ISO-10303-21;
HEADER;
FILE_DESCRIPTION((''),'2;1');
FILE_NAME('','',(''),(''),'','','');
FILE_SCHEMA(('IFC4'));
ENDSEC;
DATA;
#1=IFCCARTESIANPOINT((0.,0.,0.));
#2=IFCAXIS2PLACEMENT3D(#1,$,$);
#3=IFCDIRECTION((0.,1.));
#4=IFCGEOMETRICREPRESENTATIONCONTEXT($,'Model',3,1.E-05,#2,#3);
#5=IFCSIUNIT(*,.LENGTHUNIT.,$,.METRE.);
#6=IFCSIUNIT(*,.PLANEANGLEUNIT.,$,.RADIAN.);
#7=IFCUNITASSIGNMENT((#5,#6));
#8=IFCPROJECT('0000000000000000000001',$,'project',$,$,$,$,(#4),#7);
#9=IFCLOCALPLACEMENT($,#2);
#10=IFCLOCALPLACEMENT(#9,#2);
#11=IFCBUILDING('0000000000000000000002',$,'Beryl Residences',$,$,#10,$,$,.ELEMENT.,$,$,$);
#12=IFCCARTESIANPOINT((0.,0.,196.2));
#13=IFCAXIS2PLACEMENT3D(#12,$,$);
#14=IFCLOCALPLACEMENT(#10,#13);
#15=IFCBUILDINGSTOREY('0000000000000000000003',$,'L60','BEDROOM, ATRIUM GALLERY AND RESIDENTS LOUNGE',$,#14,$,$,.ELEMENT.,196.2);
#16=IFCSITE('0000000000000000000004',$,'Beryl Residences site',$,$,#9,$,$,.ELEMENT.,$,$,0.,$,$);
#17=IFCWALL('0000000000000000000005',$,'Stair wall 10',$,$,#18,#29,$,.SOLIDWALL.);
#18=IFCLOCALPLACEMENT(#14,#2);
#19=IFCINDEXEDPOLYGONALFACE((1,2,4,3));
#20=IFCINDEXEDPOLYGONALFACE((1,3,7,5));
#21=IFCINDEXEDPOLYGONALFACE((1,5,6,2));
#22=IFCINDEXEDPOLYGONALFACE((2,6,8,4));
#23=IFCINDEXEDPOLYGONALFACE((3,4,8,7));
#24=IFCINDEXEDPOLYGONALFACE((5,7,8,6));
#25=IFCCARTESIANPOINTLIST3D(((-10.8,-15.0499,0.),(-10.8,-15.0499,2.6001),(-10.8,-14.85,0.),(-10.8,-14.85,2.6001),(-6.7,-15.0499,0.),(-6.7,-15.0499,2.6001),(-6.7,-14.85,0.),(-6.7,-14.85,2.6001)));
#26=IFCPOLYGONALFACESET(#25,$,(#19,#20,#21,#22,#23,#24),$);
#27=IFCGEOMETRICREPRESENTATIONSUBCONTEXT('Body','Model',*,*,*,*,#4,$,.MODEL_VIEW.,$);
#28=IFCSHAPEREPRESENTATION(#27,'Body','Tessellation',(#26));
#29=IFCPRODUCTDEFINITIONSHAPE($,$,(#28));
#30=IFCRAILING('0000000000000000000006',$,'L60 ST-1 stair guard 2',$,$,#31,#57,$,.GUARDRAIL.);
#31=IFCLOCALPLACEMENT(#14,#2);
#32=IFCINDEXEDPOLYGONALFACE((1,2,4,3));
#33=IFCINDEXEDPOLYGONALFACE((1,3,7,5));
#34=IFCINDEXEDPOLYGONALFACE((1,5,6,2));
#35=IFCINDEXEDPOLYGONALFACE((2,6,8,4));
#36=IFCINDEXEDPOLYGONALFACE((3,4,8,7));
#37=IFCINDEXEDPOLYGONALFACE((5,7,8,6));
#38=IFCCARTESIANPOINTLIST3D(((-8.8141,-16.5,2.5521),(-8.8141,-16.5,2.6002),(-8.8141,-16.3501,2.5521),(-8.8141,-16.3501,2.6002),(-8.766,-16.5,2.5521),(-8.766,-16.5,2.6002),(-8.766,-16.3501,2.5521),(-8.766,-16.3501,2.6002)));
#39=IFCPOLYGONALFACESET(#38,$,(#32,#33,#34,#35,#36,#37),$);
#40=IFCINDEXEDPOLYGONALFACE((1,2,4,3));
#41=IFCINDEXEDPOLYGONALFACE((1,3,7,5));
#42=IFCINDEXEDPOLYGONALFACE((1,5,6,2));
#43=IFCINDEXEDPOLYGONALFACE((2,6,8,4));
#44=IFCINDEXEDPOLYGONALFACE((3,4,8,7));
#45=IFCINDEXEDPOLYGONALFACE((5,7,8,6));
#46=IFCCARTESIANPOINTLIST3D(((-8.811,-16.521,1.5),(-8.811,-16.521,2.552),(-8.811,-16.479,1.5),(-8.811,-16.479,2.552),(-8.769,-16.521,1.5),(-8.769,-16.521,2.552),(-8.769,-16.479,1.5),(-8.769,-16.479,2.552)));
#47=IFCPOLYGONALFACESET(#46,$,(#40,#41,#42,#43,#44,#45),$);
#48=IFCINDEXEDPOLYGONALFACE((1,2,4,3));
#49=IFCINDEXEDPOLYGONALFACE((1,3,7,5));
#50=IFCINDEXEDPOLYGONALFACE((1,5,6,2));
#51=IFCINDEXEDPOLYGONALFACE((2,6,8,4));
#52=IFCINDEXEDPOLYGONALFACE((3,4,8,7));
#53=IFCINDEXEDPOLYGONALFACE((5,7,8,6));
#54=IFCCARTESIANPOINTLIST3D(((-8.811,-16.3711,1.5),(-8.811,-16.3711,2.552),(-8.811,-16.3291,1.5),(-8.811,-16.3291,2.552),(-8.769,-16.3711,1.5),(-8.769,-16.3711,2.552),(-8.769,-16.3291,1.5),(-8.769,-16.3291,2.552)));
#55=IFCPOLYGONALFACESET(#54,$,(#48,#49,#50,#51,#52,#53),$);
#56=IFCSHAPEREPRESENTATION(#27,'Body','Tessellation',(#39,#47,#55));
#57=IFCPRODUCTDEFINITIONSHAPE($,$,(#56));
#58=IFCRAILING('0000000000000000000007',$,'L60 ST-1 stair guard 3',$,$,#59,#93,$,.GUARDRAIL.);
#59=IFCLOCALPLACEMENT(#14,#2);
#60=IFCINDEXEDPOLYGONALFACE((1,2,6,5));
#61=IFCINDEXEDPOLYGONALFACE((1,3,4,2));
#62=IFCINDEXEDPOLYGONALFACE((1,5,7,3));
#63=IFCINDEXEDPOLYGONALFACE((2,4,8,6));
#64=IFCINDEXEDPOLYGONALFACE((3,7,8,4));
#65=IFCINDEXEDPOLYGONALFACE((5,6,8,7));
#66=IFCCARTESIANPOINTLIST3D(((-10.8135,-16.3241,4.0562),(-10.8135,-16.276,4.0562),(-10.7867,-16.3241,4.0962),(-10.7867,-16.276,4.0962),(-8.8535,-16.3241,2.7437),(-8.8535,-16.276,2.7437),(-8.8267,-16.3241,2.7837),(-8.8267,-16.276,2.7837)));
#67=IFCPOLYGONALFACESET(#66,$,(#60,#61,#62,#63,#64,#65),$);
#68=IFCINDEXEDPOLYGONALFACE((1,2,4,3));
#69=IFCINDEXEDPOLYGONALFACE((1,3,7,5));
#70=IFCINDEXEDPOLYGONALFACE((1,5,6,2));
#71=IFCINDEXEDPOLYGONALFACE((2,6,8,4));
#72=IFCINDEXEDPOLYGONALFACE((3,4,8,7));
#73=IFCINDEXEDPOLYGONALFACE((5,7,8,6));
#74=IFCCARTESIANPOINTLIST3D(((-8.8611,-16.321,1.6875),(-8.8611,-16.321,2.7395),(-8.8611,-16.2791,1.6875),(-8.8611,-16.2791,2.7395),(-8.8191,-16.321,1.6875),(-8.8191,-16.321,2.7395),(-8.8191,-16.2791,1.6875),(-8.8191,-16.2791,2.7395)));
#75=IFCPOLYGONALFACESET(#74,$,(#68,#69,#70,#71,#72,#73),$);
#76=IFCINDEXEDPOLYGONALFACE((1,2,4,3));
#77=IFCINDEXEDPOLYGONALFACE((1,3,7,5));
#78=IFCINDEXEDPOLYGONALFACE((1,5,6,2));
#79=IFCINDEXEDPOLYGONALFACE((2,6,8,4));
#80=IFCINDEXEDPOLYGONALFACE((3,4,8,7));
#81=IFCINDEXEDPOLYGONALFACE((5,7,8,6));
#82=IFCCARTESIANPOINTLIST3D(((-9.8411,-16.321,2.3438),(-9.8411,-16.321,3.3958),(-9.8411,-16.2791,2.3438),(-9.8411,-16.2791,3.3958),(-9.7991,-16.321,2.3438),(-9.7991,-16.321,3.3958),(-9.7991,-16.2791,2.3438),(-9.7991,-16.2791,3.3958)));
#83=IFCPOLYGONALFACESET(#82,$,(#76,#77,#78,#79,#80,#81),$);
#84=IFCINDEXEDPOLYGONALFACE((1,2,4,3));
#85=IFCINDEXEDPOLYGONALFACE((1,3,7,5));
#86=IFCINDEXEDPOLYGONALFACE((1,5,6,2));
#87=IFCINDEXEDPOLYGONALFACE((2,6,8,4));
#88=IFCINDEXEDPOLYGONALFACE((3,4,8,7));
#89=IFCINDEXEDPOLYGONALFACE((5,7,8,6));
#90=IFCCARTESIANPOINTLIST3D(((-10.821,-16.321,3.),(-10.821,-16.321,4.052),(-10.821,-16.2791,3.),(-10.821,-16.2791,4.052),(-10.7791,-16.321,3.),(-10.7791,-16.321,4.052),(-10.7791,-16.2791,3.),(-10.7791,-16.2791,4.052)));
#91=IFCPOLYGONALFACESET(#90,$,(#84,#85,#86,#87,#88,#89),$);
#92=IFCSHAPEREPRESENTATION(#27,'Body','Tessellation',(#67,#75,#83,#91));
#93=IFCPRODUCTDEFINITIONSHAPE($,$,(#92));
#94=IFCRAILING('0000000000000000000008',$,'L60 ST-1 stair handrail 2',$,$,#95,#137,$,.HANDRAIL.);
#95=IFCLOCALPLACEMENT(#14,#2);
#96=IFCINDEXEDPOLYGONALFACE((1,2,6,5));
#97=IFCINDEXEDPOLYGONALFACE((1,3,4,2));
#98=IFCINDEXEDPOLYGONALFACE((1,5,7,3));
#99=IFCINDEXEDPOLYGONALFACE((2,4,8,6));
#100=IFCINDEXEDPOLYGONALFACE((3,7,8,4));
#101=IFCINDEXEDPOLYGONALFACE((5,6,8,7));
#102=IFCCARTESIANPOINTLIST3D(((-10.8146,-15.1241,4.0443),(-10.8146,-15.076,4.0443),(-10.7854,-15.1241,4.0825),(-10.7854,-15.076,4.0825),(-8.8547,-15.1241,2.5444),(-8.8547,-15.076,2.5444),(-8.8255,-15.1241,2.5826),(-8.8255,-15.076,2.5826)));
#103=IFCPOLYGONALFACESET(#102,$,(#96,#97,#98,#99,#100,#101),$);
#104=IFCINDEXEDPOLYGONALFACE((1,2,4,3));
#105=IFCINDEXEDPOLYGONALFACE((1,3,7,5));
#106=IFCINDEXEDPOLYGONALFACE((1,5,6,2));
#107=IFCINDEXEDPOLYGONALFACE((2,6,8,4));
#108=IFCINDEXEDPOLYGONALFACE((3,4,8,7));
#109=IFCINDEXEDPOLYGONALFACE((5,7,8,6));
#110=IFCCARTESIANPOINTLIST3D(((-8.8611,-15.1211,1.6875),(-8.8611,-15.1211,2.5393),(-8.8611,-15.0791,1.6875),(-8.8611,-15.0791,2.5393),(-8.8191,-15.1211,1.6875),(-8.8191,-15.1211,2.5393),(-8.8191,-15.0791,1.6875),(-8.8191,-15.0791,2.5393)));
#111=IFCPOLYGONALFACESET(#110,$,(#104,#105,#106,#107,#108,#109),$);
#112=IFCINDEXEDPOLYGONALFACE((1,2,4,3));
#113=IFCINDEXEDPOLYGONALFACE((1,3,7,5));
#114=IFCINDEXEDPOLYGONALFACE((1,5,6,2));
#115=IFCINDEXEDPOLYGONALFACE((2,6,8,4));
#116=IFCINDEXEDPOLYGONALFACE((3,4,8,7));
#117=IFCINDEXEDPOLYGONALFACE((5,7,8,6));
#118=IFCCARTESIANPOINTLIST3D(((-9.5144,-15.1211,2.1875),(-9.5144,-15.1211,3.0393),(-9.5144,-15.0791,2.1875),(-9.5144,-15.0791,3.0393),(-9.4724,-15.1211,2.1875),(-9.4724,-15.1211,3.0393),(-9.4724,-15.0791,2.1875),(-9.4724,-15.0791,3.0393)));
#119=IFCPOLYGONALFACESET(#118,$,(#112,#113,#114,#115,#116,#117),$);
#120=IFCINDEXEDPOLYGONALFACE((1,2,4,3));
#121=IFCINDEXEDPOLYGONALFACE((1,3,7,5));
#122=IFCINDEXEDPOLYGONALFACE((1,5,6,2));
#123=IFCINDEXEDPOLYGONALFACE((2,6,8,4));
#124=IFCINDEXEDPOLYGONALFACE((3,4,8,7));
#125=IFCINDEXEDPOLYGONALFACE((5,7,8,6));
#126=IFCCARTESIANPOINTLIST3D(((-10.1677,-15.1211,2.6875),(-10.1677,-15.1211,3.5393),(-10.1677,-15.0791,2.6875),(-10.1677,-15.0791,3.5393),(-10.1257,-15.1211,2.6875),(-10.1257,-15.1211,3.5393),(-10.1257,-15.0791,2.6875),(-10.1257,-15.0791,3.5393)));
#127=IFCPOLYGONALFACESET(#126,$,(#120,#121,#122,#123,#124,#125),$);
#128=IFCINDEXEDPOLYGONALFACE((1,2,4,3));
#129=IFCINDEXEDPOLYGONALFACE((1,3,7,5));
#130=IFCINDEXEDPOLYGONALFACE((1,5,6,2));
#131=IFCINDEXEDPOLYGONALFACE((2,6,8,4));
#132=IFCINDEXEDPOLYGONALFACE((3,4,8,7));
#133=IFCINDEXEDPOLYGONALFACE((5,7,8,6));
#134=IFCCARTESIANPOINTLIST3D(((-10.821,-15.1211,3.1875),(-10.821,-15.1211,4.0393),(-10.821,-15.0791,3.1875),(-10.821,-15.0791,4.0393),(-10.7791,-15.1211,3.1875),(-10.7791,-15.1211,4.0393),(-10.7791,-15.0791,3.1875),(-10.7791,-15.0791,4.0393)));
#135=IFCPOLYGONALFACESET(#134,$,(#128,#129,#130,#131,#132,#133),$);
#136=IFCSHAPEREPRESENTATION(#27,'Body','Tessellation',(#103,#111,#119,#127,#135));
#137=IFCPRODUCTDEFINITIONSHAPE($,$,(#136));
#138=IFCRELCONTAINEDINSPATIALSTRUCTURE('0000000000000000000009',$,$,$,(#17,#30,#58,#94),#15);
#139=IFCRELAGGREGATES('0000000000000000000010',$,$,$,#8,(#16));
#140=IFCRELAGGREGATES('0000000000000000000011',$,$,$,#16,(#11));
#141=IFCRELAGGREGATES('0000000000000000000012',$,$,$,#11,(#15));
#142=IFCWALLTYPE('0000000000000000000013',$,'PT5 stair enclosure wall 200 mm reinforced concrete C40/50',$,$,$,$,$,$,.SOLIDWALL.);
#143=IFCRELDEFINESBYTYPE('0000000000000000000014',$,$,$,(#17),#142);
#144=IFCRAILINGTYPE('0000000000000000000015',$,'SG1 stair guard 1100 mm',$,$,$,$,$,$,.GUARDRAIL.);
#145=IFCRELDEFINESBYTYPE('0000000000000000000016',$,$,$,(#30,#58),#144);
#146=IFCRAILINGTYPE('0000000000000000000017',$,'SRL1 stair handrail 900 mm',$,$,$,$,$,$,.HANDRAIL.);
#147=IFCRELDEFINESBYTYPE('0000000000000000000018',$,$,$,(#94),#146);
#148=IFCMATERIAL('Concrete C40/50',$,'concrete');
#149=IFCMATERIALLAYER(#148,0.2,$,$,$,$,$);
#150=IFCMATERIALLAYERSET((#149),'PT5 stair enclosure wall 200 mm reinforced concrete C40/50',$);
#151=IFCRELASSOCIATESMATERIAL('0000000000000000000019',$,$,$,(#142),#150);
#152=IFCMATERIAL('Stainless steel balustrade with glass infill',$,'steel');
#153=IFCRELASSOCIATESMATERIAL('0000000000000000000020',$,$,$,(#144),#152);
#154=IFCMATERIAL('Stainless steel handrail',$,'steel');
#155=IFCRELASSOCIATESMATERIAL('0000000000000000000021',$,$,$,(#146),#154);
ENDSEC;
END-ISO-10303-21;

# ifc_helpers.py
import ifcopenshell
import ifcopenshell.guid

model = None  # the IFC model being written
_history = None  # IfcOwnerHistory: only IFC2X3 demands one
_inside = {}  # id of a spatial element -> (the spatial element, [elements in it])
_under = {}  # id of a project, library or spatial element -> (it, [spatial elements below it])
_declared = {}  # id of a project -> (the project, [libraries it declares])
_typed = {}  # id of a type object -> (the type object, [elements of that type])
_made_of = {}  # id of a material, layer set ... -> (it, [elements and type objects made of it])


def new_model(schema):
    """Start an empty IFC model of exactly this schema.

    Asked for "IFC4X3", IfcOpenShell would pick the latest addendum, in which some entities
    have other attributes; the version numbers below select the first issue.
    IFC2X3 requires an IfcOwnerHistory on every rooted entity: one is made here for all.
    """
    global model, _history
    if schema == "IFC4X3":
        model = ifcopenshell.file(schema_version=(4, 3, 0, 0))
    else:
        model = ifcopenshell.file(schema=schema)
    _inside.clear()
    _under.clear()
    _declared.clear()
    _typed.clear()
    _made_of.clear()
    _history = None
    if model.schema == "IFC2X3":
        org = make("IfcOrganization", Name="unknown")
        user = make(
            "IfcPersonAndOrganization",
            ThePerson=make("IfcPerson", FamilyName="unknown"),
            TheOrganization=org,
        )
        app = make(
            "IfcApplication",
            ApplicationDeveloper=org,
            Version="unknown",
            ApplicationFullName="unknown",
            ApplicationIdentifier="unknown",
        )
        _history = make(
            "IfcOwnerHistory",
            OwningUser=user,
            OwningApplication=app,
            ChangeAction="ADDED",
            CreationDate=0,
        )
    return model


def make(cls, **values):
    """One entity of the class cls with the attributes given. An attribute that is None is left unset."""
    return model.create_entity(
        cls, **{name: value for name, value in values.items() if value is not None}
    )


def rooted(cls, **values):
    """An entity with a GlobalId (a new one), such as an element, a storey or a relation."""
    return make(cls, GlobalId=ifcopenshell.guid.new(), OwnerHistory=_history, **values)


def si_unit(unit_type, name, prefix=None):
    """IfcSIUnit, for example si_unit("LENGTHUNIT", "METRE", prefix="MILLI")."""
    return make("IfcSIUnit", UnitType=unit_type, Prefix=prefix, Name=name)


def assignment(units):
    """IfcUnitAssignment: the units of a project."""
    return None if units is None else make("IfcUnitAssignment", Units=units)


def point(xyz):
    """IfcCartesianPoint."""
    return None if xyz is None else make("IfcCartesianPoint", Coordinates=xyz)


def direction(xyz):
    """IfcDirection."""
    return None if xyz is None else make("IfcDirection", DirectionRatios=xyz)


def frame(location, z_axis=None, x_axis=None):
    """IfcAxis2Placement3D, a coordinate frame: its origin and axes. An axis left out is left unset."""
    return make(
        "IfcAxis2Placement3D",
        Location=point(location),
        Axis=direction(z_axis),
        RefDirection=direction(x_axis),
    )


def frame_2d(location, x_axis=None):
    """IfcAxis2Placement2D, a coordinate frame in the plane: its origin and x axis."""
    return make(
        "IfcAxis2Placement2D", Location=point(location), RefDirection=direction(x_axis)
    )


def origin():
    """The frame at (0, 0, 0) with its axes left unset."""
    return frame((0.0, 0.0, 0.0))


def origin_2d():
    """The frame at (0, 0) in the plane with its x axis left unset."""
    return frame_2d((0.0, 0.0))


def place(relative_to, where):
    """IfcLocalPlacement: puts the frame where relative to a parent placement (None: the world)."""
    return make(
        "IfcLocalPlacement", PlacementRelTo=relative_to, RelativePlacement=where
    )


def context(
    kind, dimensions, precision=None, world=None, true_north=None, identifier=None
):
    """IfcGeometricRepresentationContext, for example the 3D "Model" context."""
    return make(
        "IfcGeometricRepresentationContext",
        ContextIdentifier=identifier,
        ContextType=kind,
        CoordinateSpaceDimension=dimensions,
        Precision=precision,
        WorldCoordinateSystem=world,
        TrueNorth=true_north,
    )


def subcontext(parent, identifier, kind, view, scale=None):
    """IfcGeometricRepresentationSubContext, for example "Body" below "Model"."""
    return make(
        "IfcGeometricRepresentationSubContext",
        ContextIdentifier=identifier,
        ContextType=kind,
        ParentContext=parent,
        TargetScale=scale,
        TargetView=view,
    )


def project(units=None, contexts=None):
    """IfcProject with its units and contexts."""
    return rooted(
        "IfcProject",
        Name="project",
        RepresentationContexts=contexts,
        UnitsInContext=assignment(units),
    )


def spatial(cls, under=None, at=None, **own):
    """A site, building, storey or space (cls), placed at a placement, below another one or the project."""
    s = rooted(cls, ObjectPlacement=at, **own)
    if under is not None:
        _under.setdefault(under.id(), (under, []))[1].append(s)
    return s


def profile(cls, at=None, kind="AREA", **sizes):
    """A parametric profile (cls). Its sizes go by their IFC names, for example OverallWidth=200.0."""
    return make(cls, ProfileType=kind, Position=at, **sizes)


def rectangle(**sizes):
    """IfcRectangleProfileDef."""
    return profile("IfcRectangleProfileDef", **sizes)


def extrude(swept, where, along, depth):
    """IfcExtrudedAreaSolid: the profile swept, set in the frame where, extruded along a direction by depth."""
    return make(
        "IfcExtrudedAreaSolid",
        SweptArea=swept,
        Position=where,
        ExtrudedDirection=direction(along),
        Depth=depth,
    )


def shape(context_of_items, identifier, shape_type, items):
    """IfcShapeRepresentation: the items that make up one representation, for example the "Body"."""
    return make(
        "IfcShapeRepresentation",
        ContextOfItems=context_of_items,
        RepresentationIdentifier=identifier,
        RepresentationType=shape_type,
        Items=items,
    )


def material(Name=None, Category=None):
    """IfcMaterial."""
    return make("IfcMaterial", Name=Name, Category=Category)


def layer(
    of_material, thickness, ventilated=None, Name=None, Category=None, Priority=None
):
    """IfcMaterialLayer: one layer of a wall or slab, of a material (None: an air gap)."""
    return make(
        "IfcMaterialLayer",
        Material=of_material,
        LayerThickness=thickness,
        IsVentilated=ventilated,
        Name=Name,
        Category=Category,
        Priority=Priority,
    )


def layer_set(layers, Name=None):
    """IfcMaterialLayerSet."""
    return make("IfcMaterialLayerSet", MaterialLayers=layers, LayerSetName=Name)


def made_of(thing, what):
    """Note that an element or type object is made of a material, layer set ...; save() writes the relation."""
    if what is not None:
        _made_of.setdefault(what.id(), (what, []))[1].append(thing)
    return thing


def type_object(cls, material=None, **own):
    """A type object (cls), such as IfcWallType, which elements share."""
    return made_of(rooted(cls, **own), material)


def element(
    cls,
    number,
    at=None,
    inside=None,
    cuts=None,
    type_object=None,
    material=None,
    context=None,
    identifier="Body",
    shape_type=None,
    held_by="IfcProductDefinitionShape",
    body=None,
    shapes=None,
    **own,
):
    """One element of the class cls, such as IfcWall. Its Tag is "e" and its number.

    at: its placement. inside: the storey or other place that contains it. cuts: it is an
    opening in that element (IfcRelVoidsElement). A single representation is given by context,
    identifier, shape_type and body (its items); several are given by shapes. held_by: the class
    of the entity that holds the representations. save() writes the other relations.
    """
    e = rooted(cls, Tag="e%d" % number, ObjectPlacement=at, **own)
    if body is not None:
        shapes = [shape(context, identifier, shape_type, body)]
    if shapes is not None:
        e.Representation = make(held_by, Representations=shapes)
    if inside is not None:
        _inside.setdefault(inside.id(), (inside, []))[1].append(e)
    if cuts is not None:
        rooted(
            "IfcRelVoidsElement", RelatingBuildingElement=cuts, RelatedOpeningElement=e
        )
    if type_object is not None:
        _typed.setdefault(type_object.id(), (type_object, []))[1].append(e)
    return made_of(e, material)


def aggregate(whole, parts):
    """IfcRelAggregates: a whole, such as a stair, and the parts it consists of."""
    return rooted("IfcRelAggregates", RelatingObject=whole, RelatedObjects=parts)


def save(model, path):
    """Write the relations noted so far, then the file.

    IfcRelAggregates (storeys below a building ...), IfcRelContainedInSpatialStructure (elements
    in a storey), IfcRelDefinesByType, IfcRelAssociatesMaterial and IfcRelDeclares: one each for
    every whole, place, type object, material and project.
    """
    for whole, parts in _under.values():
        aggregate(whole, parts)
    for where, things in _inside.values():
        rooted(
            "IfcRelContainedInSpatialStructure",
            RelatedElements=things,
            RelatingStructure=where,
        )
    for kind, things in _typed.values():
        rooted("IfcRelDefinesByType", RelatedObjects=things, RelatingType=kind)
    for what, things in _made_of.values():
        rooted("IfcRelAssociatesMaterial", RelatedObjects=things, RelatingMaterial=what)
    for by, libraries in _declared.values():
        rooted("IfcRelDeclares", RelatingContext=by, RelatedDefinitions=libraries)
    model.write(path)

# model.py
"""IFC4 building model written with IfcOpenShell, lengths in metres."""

from ifc_helpers import new_model, si_unit, direction, frame, frame_2d, origin, origin_2d, place, context, subcontext, project, spatial, rectangle, extrude, material, layer, layer_set, type_object, element, save


model = new_model("IFC4")

# Units and contexts
model_context = context("Model", 3, precision=1e-05, world=origin(), true_north=direction((0.0, 1.0)))
body_context = subcontext(model_context, "Body", "Model", "MODEL_VIEW")
ifc_project = project(units=[si_unit("LENGTHUNIT", "METRE"), si_unit("PLANEANGLEUNIT", "RADIAN")], contexts=[model_context])

# Site, building, storey
site_placement = place(None, origin())
site = spatial("IfcSite", under=ifc_project, at=site_placement, Name="Beryl Residences site", CompositionType="ELEMENT", RefElevation=0.0)
building_placement = place(site_placement, origin())
building = spatial("IfcBuilding", under=site, at=building_placement, Name="Beryl Residences", CompositionType="ELEMENT")
storey_placement = place(building_placement, frame((0.0, 0.0, 196.2)))
storey = spatial("IfcBuildingStorey", under=building, at=storey_placement, Name="L60", Description="BEDROOM, ATRIUM GALLERY AND RESIDENTS LOUNGE", CompositionType="ELEMENT", Elevation=196.2)

# Wall
ifc_material_1 = material(Name="Concrete C40/50", Category="concrete")
ifc_layer_1 = layer(ifc_material_1, 0.2)
ifc_layer_set_1 = layer_set([ifc_layer_1], Name="PT5 stair enclosure wall 200 mm reinforced concrete C40/50")
wall_type_1 = type_object("IfcWallType", Name="PT5 stair enclosure wall 200 mm reinforced concrete C40/50", PredefinedType="SOLIDWALL", material=ifc_layer_set_1)
wall_1_placement = place(storey_placement, frame((-10.8, -14.95, 0.0), z_axis=(0.0, 0.0, 1.0), x_axis=(1.0, 0.0, 0.0)))
element("IfcWall", 1, at=wall_1_placement, inside=storey, type_object=wall_type_1, Name="Stair wall 10", PredefinedType="SOLIDWALL", context=body_context, shape_type="SweptSolid", body=[
    extrude(rectangle(XDim=4.1001, YDim=0.2, at=frame_2d((2.05, 0.0))), origin(), (0.0, 0.0, 1.0), 2.6001),
])

# Railings
ifc_material_2 = material(Name="Stainless steel balustrade with glass infill", Category="steel")
railing_type_1 = type_object("IfcRailingType", Name="SG1 stair guard 1100 mm", PredefinedType="GUARDRAIL", material=ifc_material_2)
railing_1_placement = place(storey_placement, frame((-8.79, -16.5, 1.5)))
element("IfcRailing", 2, at=railing_1_placement, inside=storey, type_object=railing_type_1, Name="L60 ST-1 stair guard 2", PredefinedType="GUARDRAIL", context=body_context, shape_type="SweptSolid", body=[
    extrude(rectangle(XDim=0.0481, YDim=0.0481, at=origin_2d()), frame((0.0, 0.0, 1.0762), z_axis=(0.0, 1.0, 0.0), x_axis=(-1.0, 0.0, 0.0)), (0.0, 0.0, 1.0), 0.1499),
    extrude(rectangle(XDim=0.042, YDim=0.042, at=origin_2d()), origin(), (0.0, 0.0, 1.0), 1.052),
    extrude(rectangle(XDim=0.042, YDim=0.042, at=origin_2d()), frame((0.0, 0.1499, 0.0)), (0.0, 0.0, 1.0), 1.052),
])
railing_2_placement = place(storey_placement, frame((-8.8401, -16.3, 1.6875)))
element("IfcRailing", 3, at=railing_2_placement, inside=storey, type_object=railing_type_1, Name="L60 ST-1 stair guard 3", PredefinedType="GUARDRAIL", context=body_context, shape_type="SweptSolid", body=[
    extrude(rectangle(XDim=0.0481, YDim=0.0481, at=origin_2d()), frame((0.0, 0.0, 1.0762), z_axis=(-0.830902, 0.0, 0.556419), x_axis=(0.0, -1.0, 0.0)), (0.0, 0.0, 1.0), 2.3589),
    extrude(rectangle(XDim=0.042, YDim=0.042, at=origin_2d()), origin(), (0.0, 0.0, 1.0), 1.052),
    extrude(rectangle(XDim=0.042, YDim=0.042, at=origin_2d()), frame((-0.98, 0.0, 0.6562)), (0.0, 0.0, 1.0), 1.052),
    extrude(rectangle(XDim=0.042, YDim=0.042, at=origin_2d()), frame((-1.96, 0.0, 1.3125)), (0.0, 0.0, 1.0), 1.052),
])
ifc_material_3 = material(Name="Stainless steel handrail", Category="steel")
railing_type_2 = type_object("IfcRailingType", Name="SRL1 stair handrail 900 mm", PredefinedType="HANDRAIL", material=ifc_material_3)
railing_3_placement = place(storey_placement, frame((-8.8401, -15.1001, 1.6875)))
element("IfcRailing", 4, at=railing_3_placement, inside=storey, type_object=railing_type_2, Name="L60 ST-1 stair handrail 2", PredefinedType="HANDRAIL", context=body_context, shape_type="SweptSolid", body=[
    extrude(rectangle(XDim=0.0481, YDim=0.0481, at=origin_2d()), frame((0.0, 0.0, 0.876), z_axis=(-0.794122, 0.0, 0.607758), x_axis=(0.0, -1.0, 0.0)), (0.0, 0.0, 1.0), 2.468),
    extrude(rectangle(XDim=0.042, YDim=0.042, at=origin_2d()), origin(), (0.0, 0.0, 1.0), 0.8518),
    extrude(rectangle(XDim=0.042, YDim=0.042, at=origin_2d()), frame((-0.6533, 0.0, 0.5)), (0.0, 0.0, 1.0), 0.8518),
    extrude(rectangle(XDim=0.042, YDim=0.042, at=origin_2d()), frame((-1.3066, 0.0, 1.0)), (0.0, 0.0, 1.0), 0.8518),
    extrude(rectangle(XDim=0.042, YDim=0.042, at=origin_2d()), frame((-1.96, 0.0, 1.5)), (0.0, 0.0, 1.0), 0.8518),
])

save(model, "model.ifc")
